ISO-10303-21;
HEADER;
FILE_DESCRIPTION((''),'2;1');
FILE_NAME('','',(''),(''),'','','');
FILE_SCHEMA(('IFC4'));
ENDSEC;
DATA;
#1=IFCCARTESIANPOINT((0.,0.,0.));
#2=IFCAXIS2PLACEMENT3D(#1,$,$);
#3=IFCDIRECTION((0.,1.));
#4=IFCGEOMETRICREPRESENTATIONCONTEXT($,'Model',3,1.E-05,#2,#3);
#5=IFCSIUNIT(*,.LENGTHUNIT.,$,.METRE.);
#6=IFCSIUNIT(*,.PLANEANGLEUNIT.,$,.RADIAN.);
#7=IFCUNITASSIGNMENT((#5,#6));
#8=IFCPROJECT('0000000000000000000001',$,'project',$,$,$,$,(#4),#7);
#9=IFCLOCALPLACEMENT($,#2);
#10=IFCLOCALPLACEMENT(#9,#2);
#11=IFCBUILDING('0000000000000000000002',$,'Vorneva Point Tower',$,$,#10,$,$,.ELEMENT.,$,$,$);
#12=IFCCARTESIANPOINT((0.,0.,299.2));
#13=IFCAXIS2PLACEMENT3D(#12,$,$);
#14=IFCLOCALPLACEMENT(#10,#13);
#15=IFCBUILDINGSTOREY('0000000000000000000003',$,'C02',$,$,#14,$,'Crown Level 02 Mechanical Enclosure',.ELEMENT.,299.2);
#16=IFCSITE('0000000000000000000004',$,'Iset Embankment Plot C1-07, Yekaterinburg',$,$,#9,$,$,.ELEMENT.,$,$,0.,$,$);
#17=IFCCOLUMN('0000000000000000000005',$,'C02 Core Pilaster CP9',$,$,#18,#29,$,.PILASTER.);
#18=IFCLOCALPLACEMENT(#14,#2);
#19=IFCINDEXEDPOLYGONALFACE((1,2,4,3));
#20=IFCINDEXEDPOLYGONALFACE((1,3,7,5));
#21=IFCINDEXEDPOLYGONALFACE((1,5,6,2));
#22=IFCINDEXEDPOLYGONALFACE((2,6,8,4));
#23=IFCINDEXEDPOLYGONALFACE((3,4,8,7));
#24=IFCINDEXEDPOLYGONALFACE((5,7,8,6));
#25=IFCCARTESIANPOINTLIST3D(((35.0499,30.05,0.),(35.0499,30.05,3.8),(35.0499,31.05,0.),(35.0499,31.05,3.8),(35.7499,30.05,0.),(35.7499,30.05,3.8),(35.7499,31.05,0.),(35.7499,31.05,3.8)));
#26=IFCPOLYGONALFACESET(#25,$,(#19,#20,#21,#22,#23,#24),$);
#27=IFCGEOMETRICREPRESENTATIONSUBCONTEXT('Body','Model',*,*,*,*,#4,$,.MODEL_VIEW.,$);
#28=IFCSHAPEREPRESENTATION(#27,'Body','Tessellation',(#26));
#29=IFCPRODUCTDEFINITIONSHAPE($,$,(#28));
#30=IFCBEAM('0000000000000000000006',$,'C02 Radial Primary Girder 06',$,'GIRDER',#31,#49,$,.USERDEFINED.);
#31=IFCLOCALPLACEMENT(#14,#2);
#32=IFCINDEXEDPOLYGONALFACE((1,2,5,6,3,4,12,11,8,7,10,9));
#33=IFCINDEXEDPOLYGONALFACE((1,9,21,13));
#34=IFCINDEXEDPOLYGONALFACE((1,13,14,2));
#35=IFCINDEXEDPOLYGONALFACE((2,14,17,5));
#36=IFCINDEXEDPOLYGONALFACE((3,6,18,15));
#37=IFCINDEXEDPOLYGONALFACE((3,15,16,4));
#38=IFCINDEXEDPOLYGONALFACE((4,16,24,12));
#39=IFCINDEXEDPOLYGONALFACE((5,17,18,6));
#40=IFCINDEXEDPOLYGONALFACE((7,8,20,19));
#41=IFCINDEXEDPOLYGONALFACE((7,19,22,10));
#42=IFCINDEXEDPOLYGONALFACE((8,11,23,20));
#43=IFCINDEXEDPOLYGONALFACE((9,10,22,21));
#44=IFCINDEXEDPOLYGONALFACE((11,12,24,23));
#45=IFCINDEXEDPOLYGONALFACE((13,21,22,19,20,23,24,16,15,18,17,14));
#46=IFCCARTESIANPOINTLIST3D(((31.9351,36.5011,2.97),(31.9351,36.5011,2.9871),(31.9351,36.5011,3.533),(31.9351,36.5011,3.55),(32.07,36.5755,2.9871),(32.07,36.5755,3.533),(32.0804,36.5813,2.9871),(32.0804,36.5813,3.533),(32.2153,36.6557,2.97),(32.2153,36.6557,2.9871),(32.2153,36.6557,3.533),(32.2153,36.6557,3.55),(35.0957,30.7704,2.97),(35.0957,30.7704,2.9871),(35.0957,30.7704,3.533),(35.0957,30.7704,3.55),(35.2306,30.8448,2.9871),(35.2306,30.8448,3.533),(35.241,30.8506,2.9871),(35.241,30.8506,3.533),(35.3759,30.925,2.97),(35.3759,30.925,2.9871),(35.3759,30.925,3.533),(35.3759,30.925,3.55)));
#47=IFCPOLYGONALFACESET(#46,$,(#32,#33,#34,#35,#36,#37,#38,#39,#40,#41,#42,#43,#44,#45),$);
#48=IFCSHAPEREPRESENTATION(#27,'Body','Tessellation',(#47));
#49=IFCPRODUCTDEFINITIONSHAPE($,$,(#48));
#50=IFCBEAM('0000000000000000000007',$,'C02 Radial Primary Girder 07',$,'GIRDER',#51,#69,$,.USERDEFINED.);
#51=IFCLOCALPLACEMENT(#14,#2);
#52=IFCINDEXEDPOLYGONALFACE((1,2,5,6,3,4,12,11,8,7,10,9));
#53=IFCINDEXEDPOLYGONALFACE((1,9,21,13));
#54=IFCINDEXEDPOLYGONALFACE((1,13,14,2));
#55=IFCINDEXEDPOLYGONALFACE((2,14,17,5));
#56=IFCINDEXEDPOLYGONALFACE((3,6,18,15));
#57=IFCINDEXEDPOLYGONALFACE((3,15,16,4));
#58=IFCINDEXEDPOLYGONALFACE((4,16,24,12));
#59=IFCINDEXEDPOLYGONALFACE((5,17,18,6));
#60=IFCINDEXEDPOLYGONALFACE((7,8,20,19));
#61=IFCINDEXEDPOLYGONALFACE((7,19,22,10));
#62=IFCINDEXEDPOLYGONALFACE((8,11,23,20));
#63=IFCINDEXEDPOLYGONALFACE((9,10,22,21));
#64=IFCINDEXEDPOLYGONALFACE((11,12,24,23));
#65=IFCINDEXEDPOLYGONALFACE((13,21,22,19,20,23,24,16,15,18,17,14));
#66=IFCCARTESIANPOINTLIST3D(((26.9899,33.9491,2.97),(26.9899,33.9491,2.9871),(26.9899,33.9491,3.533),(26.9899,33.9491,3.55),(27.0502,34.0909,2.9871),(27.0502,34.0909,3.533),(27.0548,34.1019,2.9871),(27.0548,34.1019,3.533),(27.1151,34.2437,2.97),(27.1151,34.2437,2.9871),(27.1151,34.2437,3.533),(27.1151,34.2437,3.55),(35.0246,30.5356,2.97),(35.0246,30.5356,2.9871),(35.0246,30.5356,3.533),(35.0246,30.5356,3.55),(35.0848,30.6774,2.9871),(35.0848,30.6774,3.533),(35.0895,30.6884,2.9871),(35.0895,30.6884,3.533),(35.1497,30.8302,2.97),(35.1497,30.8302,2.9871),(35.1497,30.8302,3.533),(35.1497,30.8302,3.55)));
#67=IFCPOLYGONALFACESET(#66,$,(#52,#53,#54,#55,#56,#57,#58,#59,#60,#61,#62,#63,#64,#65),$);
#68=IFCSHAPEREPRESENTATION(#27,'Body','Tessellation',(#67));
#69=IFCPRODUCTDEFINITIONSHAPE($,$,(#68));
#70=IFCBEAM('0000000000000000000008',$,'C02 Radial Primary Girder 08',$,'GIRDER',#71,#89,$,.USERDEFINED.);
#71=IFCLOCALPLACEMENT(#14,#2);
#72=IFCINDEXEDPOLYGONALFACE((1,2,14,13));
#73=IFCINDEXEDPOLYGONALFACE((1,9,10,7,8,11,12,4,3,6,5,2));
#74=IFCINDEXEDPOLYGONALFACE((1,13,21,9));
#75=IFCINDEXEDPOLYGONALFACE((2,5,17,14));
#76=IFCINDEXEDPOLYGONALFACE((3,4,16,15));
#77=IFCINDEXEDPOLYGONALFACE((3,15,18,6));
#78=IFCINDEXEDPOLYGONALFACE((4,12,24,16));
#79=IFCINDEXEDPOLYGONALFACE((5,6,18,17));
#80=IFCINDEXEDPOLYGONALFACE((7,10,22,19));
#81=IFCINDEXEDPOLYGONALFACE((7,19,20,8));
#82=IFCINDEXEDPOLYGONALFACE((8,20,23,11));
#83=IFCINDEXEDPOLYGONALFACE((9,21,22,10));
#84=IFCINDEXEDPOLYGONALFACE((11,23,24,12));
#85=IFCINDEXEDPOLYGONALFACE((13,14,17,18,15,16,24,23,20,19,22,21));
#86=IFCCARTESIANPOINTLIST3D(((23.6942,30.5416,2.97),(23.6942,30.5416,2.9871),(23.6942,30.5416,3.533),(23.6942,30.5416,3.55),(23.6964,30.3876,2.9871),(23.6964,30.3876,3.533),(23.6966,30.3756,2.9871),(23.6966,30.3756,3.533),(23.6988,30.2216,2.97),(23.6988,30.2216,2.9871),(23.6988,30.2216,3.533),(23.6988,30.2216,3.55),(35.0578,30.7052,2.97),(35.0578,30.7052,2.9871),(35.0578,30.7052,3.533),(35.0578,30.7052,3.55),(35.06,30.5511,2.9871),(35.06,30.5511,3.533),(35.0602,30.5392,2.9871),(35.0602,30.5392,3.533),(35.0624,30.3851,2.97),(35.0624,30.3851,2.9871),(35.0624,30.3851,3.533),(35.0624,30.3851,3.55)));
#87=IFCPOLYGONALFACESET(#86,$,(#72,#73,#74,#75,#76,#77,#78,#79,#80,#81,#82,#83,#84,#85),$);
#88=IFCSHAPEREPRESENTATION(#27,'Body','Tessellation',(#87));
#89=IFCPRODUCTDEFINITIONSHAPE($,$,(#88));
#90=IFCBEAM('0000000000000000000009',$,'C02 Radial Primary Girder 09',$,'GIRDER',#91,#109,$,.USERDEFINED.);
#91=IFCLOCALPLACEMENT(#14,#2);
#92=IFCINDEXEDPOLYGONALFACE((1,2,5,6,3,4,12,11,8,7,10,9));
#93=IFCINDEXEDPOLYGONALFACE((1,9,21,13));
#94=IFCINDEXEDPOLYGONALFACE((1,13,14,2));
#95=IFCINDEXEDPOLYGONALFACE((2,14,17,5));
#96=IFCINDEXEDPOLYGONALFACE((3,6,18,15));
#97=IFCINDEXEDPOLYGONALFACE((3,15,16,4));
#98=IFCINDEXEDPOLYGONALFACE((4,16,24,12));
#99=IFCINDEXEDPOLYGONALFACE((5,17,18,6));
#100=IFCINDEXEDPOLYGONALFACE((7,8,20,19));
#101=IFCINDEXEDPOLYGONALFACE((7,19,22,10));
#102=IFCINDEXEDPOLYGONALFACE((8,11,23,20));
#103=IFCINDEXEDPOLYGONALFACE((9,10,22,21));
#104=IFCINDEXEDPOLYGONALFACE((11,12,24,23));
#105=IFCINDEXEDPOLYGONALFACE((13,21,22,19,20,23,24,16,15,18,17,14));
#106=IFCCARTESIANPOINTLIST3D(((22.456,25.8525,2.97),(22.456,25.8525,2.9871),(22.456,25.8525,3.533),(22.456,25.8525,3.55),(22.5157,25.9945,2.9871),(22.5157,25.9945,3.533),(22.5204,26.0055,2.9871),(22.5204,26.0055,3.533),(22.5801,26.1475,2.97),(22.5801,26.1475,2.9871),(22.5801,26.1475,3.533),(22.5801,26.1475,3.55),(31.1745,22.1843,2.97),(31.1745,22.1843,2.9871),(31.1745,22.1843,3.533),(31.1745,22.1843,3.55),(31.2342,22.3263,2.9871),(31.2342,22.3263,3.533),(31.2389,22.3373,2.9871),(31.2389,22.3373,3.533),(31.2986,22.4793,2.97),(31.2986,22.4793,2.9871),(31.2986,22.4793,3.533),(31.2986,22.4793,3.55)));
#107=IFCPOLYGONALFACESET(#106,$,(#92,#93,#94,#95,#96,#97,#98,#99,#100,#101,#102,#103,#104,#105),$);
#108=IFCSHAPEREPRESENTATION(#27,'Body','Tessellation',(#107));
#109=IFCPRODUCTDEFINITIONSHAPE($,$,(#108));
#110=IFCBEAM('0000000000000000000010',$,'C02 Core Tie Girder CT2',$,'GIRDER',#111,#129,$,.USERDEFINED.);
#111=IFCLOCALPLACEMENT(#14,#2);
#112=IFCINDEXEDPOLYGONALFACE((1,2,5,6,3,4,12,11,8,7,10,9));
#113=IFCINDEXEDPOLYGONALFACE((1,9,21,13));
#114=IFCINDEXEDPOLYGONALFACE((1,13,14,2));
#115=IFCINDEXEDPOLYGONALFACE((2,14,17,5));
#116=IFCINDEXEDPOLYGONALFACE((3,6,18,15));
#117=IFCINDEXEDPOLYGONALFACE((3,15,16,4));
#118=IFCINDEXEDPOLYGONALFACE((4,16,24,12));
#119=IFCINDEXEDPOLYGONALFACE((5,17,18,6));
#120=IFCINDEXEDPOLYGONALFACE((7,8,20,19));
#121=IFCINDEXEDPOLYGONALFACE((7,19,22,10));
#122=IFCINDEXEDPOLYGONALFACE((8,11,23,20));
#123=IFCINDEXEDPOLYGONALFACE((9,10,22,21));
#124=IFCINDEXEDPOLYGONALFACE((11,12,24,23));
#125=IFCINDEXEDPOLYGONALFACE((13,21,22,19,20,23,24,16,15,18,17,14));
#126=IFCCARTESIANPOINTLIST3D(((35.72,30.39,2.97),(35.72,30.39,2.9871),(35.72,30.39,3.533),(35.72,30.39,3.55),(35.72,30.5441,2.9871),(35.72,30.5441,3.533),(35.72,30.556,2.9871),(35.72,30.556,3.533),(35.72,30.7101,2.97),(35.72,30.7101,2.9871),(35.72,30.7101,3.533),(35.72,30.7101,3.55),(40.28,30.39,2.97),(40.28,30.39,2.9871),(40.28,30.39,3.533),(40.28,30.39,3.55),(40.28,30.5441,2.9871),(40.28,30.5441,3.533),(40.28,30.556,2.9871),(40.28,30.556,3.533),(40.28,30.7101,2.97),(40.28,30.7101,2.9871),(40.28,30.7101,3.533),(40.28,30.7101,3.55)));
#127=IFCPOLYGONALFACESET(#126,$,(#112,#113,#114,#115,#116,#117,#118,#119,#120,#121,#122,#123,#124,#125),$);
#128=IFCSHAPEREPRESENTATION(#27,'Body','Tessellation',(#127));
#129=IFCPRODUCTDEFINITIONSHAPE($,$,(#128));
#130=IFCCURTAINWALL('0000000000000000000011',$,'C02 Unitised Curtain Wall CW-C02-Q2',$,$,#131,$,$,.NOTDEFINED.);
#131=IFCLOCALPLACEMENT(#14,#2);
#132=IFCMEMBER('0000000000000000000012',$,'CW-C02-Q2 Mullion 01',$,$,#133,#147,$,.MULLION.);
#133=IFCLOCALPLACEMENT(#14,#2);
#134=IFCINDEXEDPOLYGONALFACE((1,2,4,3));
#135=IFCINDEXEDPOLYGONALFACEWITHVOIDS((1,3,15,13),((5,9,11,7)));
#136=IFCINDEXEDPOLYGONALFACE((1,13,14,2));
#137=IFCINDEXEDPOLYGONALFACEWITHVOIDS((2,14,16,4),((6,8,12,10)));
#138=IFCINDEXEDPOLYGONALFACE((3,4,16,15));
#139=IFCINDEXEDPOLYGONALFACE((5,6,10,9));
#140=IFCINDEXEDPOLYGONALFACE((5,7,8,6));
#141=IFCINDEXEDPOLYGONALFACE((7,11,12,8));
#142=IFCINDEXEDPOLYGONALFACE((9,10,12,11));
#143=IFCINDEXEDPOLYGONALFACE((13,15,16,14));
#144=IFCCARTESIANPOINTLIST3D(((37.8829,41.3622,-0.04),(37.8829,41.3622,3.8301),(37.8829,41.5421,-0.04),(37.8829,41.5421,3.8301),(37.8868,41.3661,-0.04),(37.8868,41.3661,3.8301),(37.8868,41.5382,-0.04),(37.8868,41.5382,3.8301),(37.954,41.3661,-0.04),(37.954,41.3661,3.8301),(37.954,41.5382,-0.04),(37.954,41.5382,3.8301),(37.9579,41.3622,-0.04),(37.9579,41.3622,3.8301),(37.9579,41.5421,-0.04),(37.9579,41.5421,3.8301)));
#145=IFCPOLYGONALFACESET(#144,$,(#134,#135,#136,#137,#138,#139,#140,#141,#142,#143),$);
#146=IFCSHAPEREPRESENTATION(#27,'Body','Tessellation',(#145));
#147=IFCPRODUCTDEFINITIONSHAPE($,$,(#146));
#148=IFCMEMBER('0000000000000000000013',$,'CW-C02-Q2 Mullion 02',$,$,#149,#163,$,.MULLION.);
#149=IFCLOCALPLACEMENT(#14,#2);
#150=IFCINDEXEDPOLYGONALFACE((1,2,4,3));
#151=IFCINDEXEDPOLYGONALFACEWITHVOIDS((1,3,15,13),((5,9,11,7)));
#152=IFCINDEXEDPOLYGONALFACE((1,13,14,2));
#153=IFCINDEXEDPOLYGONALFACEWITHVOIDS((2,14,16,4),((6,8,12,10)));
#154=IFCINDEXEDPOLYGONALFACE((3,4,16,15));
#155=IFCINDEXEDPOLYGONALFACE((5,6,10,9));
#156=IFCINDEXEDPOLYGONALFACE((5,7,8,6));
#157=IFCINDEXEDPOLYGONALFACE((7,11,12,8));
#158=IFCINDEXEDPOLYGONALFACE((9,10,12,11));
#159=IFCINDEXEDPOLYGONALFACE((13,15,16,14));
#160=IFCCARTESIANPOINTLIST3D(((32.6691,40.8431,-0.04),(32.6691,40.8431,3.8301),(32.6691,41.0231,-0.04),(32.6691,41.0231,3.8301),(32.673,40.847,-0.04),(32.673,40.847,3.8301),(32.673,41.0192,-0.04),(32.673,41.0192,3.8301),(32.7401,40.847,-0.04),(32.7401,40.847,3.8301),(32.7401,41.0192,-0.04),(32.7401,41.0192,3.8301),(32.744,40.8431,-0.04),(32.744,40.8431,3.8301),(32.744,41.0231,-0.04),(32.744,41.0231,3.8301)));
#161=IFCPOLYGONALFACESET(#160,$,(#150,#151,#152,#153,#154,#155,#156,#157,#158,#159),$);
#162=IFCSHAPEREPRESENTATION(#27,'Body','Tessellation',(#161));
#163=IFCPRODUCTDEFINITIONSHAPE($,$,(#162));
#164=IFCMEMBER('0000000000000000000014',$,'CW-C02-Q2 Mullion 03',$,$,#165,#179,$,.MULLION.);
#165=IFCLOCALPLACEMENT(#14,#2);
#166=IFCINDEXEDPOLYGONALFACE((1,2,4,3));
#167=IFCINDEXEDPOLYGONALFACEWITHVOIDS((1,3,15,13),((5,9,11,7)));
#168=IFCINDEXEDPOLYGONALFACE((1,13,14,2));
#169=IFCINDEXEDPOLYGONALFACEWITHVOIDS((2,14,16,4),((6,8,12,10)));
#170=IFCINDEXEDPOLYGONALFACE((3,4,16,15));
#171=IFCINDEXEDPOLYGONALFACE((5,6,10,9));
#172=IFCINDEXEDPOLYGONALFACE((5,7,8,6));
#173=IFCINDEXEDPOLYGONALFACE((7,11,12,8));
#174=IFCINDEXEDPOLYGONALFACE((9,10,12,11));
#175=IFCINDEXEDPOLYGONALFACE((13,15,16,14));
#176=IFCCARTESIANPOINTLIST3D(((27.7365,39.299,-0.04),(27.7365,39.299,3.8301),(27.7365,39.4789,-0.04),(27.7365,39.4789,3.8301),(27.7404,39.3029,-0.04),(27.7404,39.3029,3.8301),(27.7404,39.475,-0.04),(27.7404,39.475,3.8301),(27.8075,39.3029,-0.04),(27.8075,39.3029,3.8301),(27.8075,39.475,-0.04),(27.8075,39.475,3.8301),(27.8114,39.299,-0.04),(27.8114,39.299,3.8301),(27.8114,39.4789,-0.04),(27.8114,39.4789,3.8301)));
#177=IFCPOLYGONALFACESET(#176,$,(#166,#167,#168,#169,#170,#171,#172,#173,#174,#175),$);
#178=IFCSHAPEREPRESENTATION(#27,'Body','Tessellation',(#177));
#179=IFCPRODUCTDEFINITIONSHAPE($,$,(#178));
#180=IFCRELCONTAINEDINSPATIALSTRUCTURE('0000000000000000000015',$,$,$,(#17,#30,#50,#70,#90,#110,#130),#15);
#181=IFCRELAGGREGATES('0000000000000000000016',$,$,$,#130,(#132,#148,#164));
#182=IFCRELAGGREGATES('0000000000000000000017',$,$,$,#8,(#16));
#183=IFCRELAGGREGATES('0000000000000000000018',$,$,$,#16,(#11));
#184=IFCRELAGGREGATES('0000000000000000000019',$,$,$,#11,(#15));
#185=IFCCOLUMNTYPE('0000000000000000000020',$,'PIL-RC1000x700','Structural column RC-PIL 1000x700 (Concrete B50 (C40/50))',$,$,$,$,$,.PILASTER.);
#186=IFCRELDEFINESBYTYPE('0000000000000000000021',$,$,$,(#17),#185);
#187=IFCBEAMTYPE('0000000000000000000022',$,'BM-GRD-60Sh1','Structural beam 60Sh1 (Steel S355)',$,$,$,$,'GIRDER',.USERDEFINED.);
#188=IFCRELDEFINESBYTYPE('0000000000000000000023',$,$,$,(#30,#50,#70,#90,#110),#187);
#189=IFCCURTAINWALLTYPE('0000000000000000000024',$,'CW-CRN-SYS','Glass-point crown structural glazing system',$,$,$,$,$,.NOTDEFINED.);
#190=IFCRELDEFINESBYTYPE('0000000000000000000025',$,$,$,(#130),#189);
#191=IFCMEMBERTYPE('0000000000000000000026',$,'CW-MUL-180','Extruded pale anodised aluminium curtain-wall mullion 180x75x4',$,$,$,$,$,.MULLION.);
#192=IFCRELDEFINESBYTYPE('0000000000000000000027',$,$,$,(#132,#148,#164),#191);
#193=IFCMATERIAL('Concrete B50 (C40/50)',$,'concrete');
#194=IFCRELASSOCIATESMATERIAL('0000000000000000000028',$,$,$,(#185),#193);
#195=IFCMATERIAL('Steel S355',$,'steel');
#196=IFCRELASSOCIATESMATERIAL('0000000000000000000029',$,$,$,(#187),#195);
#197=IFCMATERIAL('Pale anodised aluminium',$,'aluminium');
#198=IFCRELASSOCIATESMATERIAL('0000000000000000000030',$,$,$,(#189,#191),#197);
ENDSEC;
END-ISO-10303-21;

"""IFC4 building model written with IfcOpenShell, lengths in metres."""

from ifc_helpers import new_model, si_unit, direction, frame, origin, origin_2d, place, context, subcontext, project, spatial, rectangle, hollow_rectangle, i_section, extrude, material, material_profile, profile_set, type_object, element, aggregate, save


model = new_model("IFC4")

# Units and contexts
model_context = context("Model", 3, precision=1e-05, world=origin(), true_north=direction((0.0, 1.0)))
body_context = subcontext(model_context, "Body", "Model", "MODEL_VIEW")
ifc_project = project(units=[si_unit("LENGTHUNIT", "METRE"), si_unit("PLANEANGLEUNIT", "RADIAN")], contexts=[model_context])

# Site, building, storey
site_placement = place(None, origin())
site = spatial("IfcSite", under=ifc_project, at=site_placement, Name="Iset Embankment Plot C1-07, Yekaterinburg", CompositionType="ELEMENT", RefElevation=0.0)
building_placement = place(site_placement, origin())
building = spatial("IfcBuilding", under=site, at=building_placement, Name="Vorneva Point Tower", CompositionType="ELEMENT")
storey_placement = place(building_placement, frame((0.0, 0.0, 299.2)))
storey = spatial("IfcBuildingStorey", under=building, at=storey_placement, Name="C02", LongName="Crown Level 02 Mechanical Enclosure", CompositionType="ELEMENT", Elevation=299.2)

# Column
ifc_material_1 = material(Name="Concrete B50 (C40/50)", Category="concrete")
ifc_material_profile_1 = material_profile(ifc_material_1, rectangle(XDim=0.7, YDim=1.0, at=origin_2d()), Name="RC-PIL 1000x700")
ifc_profile_set_1 = profile_set([ifc_material_profile_1], Name="Concrete B50 (C40/50)")
column_type = type_object("IfcColumnType", Name="PIL-RC1000x700", Description="Structural column RC-PIL 1000x700 (Concrete B50 (C40/50))", PredefinedType="PILASTER", material=ifc_profile_set_1)
column_placement = place(storey_placement, frame((35.3999, 30.55, 0.0), z_axis=(0.0, 0.0, 1.0), x_axis=(1.0, 0.0, 0.0)))
element("IfcColumn", 1, at=column_placement, inside=storey, type_object=column_type, Name="C02 Core Pilaster CP9", PredefinedType="PILASTER", context=body_context, shape_type="SweptSolid", body=[
    extrude(rectangle(XDim=0.7, YDim=1.0, at=origin_2d()), origin(), (0.0, 0.0, 1.0), 3.8),
])

# Beams
ifc_material_2 = material(Name="Steel S355", Category="steel")
ifc_material_profile_2 = material_profile(ifc_material_2, i_section(OverallWidth=0.3201, OverallDepth=0.5801, WebThickness=0.012, FlangeThickness=0.0171, at=origin_2d()), Name="60Sh1")
ifc_profile_set_2 = profile_set([ifc_material_profile_2], Name="Steel S355")
beam_type = type_object("IfcBeamType", Name="BM-GRD-60Sh1", Description="Structural beam 60Sh1 (Steel S355)", ElementType="GIRDER", PredefinedType="USERDEFINED", material=ifc_profile_set_2)
beam_1_placement = place(storey_placement, frame((32.0752, 36.5784, 3.26), z_axis=(0.482945, -0.875651, 0.0), x_axis=(0.875651, 0.482945, 0.0)))
element("IfcBeam", 2, at=beam_1_placement, inside=storey, type_object=beam_type, Name="C02 Radial Primary Girder 06", ObjectType="GIRDER", PredefinedType="USERDEFINED", context=body_context, shape_type="SweptSolid", body=[
    extrude(i_section(OverallWidth=0.3201, OverallDepth=0.5801, WebThickness=0.012, FlangeThickness=0.0171, at=origin_2d()), origin(), (0.0, 0.0, 1.0), 6.5444),
])
beam_2_placement = place(storey_placement, frame((27.0525, 34.0964, 3.26), z_axis=(0.920379, -0.391028, 0.0), x_axis=(0.391028, 0.920379, 0.0)))
element("IfcBeam", 3, at=beam_2_placement, inside=storey, type_object=beam_type, Name="C02 Radial Primary Girder 07", ObjectType="GIRDER", PredefinedType="USERDEFINED", context=body_context, shape_type="SweptSolid", body=[
    extrude(i_section(OverallWidth=0.3201, OverallDepth=0.5801, WebThickness=0.012, FlangeThickness=0.0171, at=origin_2d()), origin(), (0.0, 0.0, 1.0), 8.7297),
])
beam_3_placement = place(storey_placement, frame((23.6965, 30.3816, 3.26), z_axis=(0.999896, 0.014393, 0.0), x_axis=(-0.014393, 0.999896, 0.0)))
element("IfcBeam", 4, at=beam_3_placement, inside=storey, type_object=beam_type, Name="C02 Radial Primary Girder 08", ObjectType="GIRDER", PredefinedType="USERDEFINED", context=body_context, shape_type="SweptSolid", body=[
    extrude(i_section(OverallWidth=0.3201, OverallDepth=0.5801, WebThickness=0.012, FlangeThickness=0.0171, at=origin_2d()), origin(), (0.0, 0.0, 1.0), 11.3647),
])
beam_4_placement = place(storey_placement, frame((22.5181, 26.0, 3.26), z_axis=(0.921739, -0.387811, 0.0), x_axis=(0.387811, 0.921739, 0.0)))
element("IfcBeam", 5, at=beam_4_placement, inside=storey, type_object=beam_type, Name="C02 Radial Primary Girder 09", ObjectType="GIRDER", PredefinedType="USERDEFINED", context=body_context, shape_type="SweptSolid", body=[
    extrude(i_section(OverallWidth=0.3201, OverallDepth=0.5801, WebThickness=0.012, FlangeThickness=0.0171, at=origin_2d()), origin(), (0.0, 0.0, 1.0), 9.4587),
])
beam_5_placement = place(storey_placement, frame((35.72, 30.55, 3.26), z_axis=(1.0, 0.0, 0.0), x_axis=(0.0, 1.0, 0.0)))
element("IfcBeam", 6, at=beam_5_placement, inside=storey, type_object=beam_type, Name="C02 Core Tie Girder CT2", ObjectType="GIRDER", PredefinedType="USERDEFINED", context=body_context, shape_type="SweptSolid", body=[
    extrude(i_section(OverallWidth=0.3201, OverallDepth=0.5801, WebThickness=0.012, FlangeThickness=0.0171, at=origin_2d()), origin(), (0.0, 0.0, 1.0), 4.5601),
])

# Curtain wall, members
ifc_material_3 = material(Name="Pale anodised aluminium", Category="aluminium")
curtain_wall_type = type_object("IfcCurtainWallType", Name="CW-CRN-SYS", Description="Glass-point crown structural glazing system", PredefinedType="NOTDEFINED", material=ifc_material_3)
curtain_wall_placement = place(storey_placement, origin())
curtain_wall = element("IfcCurtainWall", 7, at=curtain_wall_placement, inside=storey, type_object=curtain_wall_type, Name="C02 Unitised Curtain Wall CW-C02-Q2", PredefinedType="NOTDEFINED")
ifc_material_profile_3 = material_profile(ifc_material_3, hollow_rectangle(XDim=0.075, YDim=0.1799, WallThickness=0.0039, at=origin_2d()), Name="AL-MUL 180x75x4")
ifc_profile_set_3 = profile_set([ifc_material_profile_3], Name="Pale anodised aluminium")
member_type_1 = type_object("IfcMemberType", Name="CW-MUL-180", Description="Extruded pale anodised aluminium curtain-wall mullion 180x75x4", PredefinedType="MULLION", material=ifc_profile_set_3)
member_1_placement = place(storey_placement, frame((37.9204, 41.4521, -0.04), z_axis=(0.0, 0.0, 1.0), x_axis=(1.0, 0.0, 0.0)))
member_1 = element("IfcMember", 8, at=member_1_placement, type_object=member_type_1, Name="CW-C02-Q2 Mullion 01", PredefinedType="MULLION", context=body_context, shape_type="SweptSolid", body=[
    extrude(hollow_rectangle(XDim=0.075, YDim=0.1799, WallThickness=0.0039, at=origin_2d()), origin(), (0.0, 0.0, 1.0), 3.8701),
])
member_2_placement = place(storey_placement, frame((32.7065, 40.9331, -0.04), z_axis=(0.0, 0.0, 1.0), x_axis=(1.0, 0.0, 0.0)))
member_2 = element("IfcMember", 9, at=member_2_placement, type_object=member_type_1, Name="CW-C02-Q2 Mullion 02", PredefinedType="MULLION", context=body_context, shape_type="SweptSolid", body=[
    extrude(hollow_rectangle(XDim=0.075, YDim=0.1799, WallThickness=0.0039, at=origin_2d()), origin(), (0.0, 0.0, 1.0), 3.8701),
])
member_3_placement = place(storey_placement, frame((27.7739, 39.3889, -0.04), z_axis=(0.0, 0.0, 1.0), x_axis=(1.0, 0.0, 0.0)))
member_3 = element("IfcMember", 10, at=member_3_placement, type_object=member_type_1, Name="CW-C02-Q2 Mullion 03", PredefinedType="MULLION", context=body_context, shape_type="SweptSolid", body=[
    extrude(hollow_rectangle(XDim=0.075, YDim=0.1799, WallThickness=0.0039, at=origin_2d()), origin(), (0.0, 0.0, 1.0), 3.8701),
])

aggregate(curtain_wall, [member_1, member_2, member_3])

save(model, "model.ifc")
